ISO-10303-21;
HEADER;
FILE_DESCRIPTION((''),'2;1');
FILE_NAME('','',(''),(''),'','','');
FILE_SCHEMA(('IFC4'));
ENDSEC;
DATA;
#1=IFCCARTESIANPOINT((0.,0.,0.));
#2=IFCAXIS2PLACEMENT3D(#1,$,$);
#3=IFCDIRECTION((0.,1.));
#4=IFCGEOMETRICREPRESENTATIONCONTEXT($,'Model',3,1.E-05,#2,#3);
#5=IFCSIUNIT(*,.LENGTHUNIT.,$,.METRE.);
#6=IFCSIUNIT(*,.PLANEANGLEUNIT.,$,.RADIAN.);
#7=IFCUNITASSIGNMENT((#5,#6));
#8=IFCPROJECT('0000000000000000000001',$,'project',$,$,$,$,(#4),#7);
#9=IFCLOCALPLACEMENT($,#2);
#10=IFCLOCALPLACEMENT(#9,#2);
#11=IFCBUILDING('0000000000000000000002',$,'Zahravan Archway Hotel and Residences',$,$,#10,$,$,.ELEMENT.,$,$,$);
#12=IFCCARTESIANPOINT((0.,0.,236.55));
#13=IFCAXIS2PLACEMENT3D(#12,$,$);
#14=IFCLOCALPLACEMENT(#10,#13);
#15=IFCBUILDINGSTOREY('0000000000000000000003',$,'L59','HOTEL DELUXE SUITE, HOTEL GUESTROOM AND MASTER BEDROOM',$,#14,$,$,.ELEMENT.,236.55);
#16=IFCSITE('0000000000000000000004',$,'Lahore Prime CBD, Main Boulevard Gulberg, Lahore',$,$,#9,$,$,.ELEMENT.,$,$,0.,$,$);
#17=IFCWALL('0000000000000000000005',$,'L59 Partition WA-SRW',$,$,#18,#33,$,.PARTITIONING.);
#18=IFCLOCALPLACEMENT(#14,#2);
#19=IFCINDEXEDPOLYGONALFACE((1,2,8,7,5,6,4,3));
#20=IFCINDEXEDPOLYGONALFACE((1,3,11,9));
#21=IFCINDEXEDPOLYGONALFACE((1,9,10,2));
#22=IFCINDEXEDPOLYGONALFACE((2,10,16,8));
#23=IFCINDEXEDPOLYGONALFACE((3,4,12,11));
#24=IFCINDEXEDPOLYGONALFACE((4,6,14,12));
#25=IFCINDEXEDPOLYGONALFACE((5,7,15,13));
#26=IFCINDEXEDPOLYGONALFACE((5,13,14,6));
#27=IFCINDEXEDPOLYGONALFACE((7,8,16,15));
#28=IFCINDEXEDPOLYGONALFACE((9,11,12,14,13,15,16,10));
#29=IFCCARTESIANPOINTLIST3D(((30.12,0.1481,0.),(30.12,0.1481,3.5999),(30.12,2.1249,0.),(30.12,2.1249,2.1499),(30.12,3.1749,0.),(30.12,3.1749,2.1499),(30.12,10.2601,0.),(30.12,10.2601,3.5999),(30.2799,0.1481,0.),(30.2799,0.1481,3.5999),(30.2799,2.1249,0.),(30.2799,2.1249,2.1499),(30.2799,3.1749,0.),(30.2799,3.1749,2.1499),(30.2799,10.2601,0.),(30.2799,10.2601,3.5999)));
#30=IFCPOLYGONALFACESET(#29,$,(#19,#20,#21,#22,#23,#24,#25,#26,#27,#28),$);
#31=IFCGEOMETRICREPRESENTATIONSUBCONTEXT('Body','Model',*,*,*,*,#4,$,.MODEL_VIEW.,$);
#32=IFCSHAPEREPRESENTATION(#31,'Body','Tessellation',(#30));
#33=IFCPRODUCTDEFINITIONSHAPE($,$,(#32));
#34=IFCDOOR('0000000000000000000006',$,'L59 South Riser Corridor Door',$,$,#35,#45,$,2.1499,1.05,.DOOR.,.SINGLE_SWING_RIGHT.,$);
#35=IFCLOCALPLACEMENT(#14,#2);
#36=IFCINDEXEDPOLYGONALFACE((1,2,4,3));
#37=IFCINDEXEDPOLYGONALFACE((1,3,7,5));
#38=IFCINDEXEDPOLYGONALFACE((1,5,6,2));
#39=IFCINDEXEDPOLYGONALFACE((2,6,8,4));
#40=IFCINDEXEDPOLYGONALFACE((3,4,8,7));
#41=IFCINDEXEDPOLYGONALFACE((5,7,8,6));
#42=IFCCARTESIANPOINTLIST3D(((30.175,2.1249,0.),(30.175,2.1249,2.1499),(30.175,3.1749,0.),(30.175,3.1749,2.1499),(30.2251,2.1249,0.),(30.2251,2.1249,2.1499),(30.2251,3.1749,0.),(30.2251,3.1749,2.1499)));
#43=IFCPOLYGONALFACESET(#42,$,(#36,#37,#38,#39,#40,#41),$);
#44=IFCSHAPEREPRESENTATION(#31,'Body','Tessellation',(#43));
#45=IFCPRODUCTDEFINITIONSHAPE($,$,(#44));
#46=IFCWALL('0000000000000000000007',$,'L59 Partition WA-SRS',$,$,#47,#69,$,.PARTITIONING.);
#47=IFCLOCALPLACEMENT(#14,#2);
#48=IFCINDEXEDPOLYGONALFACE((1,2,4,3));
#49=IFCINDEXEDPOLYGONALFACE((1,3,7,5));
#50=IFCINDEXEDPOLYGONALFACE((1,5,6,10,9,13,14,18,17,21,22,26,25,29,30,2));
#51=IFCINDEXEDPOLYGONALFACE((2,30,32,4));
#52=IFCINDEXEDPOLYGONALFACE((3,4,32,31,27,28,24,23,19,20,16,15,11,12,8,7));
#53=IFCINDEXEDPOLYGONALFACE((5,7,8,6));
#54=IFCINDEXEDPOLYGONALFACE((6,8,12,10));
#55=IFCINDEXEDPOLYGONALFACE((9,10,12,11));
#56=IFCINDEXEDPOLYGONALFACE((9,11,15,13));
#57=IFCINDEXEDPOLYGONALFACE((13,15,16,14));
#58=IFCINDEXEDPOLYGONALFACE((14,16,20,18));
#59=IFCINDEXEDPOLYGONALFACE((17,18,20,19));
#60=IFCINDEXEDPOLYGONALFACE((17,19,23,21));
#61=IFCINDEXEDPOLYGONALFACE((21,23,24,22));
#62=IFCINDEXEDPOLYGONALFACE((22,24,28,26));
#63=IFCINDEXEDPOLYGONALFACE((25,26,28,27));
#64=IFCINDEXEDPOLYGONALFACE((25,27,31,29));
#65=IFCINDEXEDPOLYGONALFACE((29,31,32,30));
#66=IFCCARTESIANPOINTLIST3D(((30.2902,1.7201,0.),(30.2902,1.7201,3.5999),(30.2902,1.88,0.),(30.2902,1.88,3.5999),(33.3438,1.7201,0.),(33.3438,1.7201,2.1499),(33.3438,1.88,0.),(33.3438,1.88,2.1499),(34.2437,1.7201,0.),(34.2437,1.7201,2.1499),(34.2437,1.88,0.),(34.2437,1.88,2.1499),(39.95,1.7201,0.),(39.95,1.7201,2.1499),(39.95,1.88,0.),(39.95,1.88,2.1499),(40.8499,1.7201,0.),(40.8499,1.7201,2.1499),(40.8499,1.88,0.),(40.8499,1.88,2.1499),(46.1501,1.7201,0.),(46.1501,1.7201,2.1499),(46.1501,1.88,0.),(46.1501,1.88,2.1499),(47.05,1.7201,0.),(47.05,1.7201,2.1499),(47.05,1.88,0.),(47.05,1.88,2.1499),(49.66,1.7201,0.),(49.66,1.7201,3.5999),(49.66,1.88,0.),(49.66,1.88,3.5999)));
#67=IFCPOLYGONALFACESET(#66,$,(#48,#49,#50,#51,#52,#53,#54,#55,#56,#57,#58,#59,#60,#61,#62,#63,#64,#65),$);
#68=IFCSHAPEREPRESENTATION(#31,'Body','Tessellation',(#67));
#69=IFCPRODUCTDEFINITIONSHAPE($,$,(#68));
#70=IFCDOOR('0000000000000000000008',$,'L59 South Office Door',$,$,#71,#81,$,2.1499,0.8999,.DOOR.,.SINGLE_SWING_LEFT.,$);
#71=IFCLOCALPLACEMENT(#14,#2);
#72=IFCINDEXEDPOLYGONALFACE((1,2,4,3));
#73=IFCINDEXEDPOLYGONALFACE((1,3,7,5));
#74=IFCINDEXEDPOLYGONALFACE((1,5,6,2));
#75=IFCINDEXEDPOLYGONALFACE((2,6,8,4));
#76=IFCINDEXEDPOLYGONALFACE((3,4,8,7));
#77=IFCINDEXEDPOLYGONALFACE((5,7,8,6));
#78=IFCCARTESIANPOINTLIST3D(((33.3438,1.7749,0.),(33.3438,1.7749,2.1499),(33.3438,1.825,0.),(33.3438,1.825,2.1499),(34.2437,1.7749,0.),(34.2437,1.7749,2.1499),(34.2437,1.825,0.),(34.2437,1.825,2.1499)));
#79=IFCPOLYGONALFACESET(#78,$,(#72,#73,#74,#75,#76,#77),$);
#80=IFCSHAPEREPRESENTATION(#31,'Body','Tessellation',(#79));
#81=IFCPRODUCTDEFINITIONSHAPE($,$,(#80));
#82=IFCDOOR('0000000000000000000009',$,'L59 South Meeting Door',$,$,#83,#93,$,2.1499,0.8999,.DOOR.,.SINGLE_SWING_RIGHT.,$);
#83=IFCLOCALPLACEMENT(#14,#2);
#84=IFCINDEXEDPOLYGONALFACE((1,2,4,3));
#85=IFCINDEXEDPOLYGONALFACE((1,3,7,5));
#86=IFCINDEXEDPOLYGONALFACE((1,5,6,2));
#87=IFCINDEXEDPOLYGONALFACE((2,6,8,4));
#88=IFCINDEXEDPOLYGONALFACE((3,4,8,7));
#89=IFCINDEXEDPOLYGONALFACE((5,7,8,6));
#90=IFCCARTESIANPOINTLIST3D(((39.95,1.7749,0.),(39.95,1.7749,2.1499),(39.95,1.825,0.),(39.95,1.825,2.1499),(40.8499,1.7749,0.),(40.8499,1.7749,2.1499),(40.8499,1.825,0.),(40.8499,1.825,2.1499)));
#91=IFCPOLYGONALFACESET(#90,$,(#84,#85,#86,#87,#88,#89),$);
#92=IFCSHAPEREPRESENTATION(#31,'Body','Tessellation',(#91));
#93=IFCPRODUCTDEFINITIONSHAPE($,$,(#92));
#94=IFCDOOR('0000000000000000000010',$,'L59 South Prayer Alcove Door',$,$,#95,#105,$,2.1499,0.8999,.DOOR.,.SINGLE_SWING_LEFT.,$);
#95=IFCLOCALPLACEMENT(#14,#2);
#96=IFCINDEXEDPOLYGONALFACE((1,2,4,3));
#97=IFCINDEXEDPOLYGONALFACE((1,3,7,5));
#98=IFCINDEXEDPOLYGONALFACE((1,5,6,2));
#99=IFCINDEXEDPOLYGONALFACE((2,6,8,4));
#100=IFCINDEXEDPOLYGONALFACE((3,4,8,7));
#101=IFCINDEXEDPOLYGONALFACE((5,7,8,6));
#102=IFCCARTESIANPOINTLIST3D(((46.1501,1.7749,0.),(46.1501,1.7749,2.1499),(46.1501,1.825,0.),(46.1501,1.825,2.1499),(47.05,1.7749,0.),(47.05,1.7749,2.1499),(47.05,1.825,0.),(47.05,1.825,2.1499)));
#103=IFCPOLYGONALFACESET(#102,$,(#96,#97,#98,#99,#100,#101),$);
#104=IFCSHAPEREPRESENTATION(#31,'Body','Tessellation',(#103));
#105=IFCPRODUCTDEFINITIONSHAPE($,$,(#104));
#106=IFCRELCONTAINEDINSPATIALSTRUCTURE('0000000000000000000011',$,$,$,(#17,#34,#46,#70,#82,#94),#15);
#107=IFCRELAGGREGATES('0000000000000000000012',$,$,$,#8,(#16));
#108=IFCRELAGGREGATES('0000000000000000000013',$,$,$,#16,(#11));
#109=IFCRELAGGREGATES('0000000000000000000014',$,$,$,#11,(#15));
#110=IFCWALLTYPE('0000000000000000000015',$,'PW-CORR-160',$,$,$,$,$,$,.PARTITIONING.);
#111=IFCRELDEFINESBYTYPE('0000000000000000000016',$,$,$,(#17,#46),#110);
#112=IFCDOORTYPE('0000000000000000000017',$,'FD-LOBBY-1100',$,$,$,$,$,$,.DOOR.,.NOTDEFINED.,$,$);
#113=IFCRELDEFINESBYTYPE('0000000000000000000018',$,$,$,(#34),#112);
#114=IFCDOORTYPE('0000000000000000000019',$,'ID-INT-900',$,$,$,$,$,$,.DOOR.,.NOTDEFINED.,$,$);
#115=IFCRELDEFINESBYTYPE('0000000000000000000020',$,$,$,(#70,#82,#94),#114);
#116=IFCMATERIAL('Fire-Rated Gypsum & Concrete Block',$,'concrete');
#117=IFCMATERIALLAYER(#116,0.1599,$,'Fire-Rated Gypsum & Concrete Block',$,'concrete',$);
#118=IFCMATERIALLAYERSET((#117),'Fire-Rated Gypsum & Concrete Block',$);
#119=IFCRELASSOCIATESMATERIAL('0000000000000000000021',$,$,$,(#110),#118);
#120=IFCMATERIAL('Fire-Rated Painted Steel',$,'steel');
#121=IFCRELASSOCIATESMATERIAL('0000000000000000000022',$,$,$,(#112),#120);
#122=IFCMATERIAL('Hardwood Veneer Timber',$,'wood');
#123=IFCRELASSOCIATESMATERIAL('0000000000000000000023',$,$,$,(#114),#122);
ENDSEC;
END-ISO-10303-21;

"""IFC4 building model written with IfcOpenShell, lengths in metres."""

from ifc_helpers import new_model, si_unit, direction, frame, frame_2d, origin, place, context, subcontext, project, spatial, rectangle, extrude, source, transform, mapped, material, layer, layer_set, type_object, type_shapes, element, fill, save


model = new_model("IFC4")

# Units and contexts
model_context = context("Model", 3, precision=1e-05, world=origin(), true_north=direction((0.0, 1.0)))
body_context = subcontext(model_context, "Body", "Model", "MODEL_VIEW")
ifc_project = project(units=[si_unit("LENGTHUNIT", "METRE"), si_unit("PLANEANGLEUNIT", "RADIAN")], contexts=[model_context])

# Site, building, storey
site_placement = place(None, origin())
site = spatial("IfcSite", under=ifc_project, at=site_placement, Name="Lahore Prime CBD, Main Boulevard Gulberg, Lahore", CompositionType="ELEMENT", RefElevation=0.0)
building_placement = place(site_placement, origin())
building = spatial("IfcBuilding", under=site, at=building_placement, Name="Zahravan Archway Hotel and Residences", CompositionType="ELEMENT")
storey_placement = place(building_placement, frame((0.0, 0.0, 236.55)))
storey = spatial("IfcBuildingStorey", under=building, at=storey_placement, Name="L59", Description="HOTEL DELUXE SUITE, HOTEL GUESTROOM AND MASTER BEDROOM", CompositionType="ELEMENT", Elevation=236.55)

# Shared definitions
ifc_material_1 = material(Name="Fire-Rated Gypsum & Concrete Block", Category="concrete")

# Wall, opening, door
ifc_layer_1 = layer(ifc_material_1, 0.1599, Name="Fire-Rated Gypsum & Concrete Block", Category="concrete")
ifc_layer_set_1 = layer_set([ifc_layer_1], Name="Fire-Rated Gypsum & Concrete Block")
wall_type_1 = type_object("IfcWallType", Name="PW-CORR-160", PredefinedType="PARTITIONING", material=ifc_layer_set_1)
wall_1_placement = place(storey_placement, frame((30.2, 0.1479, 0.0), z_axis=(0.0, 0.0, 1.0), x_axis=(0.0, 1.0, 0.0)))
wall_1 = element("IfcWall", 1, at=wall_1_placement, inside=storey, type_object=wall_type_1, Name="L59 Partition WA-SRW", PredefinedType="PARTITIONING", context=body_context, shape_type="SweptSolid", body=[
    extrude(rectangle(XDim=10.1121, YDim=0.1599, at=frame_2d((5.0562, 0.0))), origin(), (0.0, 0.0, 1.0), 3.5999),
])
opening_1_placement = place(wall_1_placement, frame((1.9771, 0.0, 0.0)))
opening_1 = element("IfcOpeningElement", 2, at=opening_1_placement, cuts=wall_1, PredefinedType="OPENING", context=body_context, shape_type="SweptSolid", body=[
    extrude(rectangle(XDim=1.05, YDim=2.1499, at=frame_2d((0.5249, 1.075))), frame((0.0, 0.0898, 0.0), z_axis=(0.0, -1.0, 0.0), x_axis=(1.0, 0.0, 0.0)), (0.0, 0.0, 1.0), 0.1799),
])
ifc_material_2 = material(Name="Fire-Rated Painted Steel", Category="steel")
door_type_1 = type_object("IfcDoorType", Name="FD-LOBBY-1100", OperationType="NOTDEFINED", PredefinedType="DOOR", material=ifc_material_2)
shared_shape_1 = source(origin(), body_context, "Body", "SweptSolid", [
    extrude(rectangle(XDim=1.05, YDim=2.1499, at=frame_2d((0.5249, 1.075))), frame((0.0, 0.0249, 0.0), z_axis=(0.0, -1.0, 0.0), x_axis=(1.0, 0.0, 0.0)), (0.0, 0.0, 1.0), 0.05),
])
type_shapes(door_type_1, [shared_shape_1])
door_1_placement = place(opening_1_placement, origin())
door_1 = element("IfcDoor", 3, at=door_1_placement, inside=storey, type_object=door_type_1, Name="L59 South Riser Corridor Door", OperationType="SINGLE_SWING_RIGHT", OverallHeight=2.1499, OverallWidth=1.05, PredefinedType="DOOR", context=body_context, shape_type="MappedRepresentation", body=[
    mapped(shared_shape_1, transform((0.0, 0.0, 0.0), scale=1.0)),
])
fill(opening_1, door_1)

# Wall, openings, doors
wall_2_placement = place(storey_placement, frame((30.29, 1.8, 0.0), z_axis=(0.0, 0.0, 1.0), x_axis=(1.0, 0.0, 0.0)))
wall_2 = element("IfcWall", 4, at=wall_2_placement, inside=storey, type_object=wall_type_1, Name="L59 Partition WA-SRS", PredefinedType="PARTITIONING", context=body_context, shape_type="SweptSolid", body=[
    extrude(rectangle(XDim=19.3699, YDim=0.1599, at=frame_2d((9.6851, 0.0))), origin(), (0.0, 0.0, 1.0), 3.5999),
])
opening_2_placement = place(wall_2_placement, frame((3.0537, 0.0, 0.0)))
opening_2 = element("IfcOpeningElement", 5, at=opening_2_placement, cuts=wall_2, PredefinedType="OPENING", context=body_context, shape_type="SweptSolid", body=[
    extrude(rectangle(XDim=0.8999, YDim=2.1499, at=frame_2d((0.45, 1.075))), frame((0.0, 0.0898, 0.0), z_axis=(0.0, -1.0, 0.0), x_axis=(1.0, 0.0, 0.0)), (0.0, 0.0, 1.0), 0.1799),
])
opening_3_placement = place(wall_2_placement, frame((9.6599, 0.0, 0.0)))
opening_3 = element("IfcOpeningElement", 6, at=opening_3_placement, cuts=wall_2, PredefinedType="OPENING", context=body_context, shape_type="SweptSolid", body=[
    extrude(rectangle(XDim=0.8999, YDim=2.1499, at=frame_2d((0.45, 1.075))), frame((0.0, 0.0898, 0.0), z_axis=(0.0, -1.0, 0.0), x_axis=(1.0, 0.0, 0.0)), (0.0, 0.0, 1.0), 0.1799),
])
opening_4_placement = place(wall_2_placement, frame((15.8601, 0.0, 0.0)))
opening_4 = element("IfcOpeningElement", 7, at=opening_4_placement, cuts=wall_2, PredefinedType="OPENING", context=body_context, shape_type="SweptSolid", body=[
    extrude(rectangle(XDim=0.8999, YDim=2.1499, at=frame_2d((0.45, 1.075))), frame((0.0, 0.0898, 0.0), z_axis=(0.0, -1.0, 0.0), x_axis=(1.0, 0.0, 0.0)), (0.0, 0.0, 1.0), 0.1799),
])
ifc_material_3 = material(Name="Hardwood Veneer Timber", Category="wood")
door_type_2 = type_object("IfcDoorType", Name="ID-INT-900", OperationType="NOTDEFINED", PredefinedType="DOOR", material=ifc_material_3)
shared_shape_2 = source(origin(), body_context, "Body", "SweptSolid", [
    extrude(rectangle(XDim=0.8999, YDim=2.1499, at=frame_2d((0.45, 1.075))), frame((0.0, 0.0249, 0.0), z_axis=(0.0, -1.0, 0.0), x_axis=(1.0, 0.0, 0.0)), (0.0, 0.0, 1.0), 0.05),
])
type_shapes(door_type_2, [shared_shape_2])
door_2_placement = place(opening_2_placement, origin())
door_2 = element("IfcDoor", 8, at=door_2_placement, inside=storey, type_object=door_type_2, Name="L59 South Office Door", OperationType="SINGLE_SWING_LEFT", OverallHeight=2.1499, OverallWidth=0.8999, PredefinedType="DOOR", context=body_context, shape_type="MappedRepresentation", body=[
    mapped(shared_shape_2, transform((0.0, 0.0, 0.0), scale=1.0)),
])
fill(opening_2, door_2)
door_3_placement = place(opening_3_placement, origin())
door_3 = element("IfcDoor", 9, at=door_3_placement, inside=storey, type_object=door_type_2, Name="L59 South Meeting Door", OperationType="SINGLE_SWING_RIGHT", OverallHeight=2.1499, OverallWidth=0.8999, PredefinedType="DOOR", context=body_context, shape_type="MappedRepresentation", body=[
    mapped(shared_shape_2, transform((0.0, 0.0, 0.0), scale=1.0)),
])
fill(opening_3, door_3)
door_4_placement = place(opening_4_placement, origin())
door_4 = element("IfcDoor", 10, at=door_4_placement, inside=storey, type_object=door_type_2, Name="L59 South Prayer Alcove Door", OperationType="SINGLE_SWING_LEFT", OverallHeight=2.1499, OverallWidth=0.8999, PredefinedType="DOOR", context=body_context, shape_type="MappedRepresentation", body=[
    mapped(shared_shape_2, transform((0.0, 0.0, 0.0), scale=1.0)),
])
fill(opening_4, door_4)

save(model, "model.ifc")
